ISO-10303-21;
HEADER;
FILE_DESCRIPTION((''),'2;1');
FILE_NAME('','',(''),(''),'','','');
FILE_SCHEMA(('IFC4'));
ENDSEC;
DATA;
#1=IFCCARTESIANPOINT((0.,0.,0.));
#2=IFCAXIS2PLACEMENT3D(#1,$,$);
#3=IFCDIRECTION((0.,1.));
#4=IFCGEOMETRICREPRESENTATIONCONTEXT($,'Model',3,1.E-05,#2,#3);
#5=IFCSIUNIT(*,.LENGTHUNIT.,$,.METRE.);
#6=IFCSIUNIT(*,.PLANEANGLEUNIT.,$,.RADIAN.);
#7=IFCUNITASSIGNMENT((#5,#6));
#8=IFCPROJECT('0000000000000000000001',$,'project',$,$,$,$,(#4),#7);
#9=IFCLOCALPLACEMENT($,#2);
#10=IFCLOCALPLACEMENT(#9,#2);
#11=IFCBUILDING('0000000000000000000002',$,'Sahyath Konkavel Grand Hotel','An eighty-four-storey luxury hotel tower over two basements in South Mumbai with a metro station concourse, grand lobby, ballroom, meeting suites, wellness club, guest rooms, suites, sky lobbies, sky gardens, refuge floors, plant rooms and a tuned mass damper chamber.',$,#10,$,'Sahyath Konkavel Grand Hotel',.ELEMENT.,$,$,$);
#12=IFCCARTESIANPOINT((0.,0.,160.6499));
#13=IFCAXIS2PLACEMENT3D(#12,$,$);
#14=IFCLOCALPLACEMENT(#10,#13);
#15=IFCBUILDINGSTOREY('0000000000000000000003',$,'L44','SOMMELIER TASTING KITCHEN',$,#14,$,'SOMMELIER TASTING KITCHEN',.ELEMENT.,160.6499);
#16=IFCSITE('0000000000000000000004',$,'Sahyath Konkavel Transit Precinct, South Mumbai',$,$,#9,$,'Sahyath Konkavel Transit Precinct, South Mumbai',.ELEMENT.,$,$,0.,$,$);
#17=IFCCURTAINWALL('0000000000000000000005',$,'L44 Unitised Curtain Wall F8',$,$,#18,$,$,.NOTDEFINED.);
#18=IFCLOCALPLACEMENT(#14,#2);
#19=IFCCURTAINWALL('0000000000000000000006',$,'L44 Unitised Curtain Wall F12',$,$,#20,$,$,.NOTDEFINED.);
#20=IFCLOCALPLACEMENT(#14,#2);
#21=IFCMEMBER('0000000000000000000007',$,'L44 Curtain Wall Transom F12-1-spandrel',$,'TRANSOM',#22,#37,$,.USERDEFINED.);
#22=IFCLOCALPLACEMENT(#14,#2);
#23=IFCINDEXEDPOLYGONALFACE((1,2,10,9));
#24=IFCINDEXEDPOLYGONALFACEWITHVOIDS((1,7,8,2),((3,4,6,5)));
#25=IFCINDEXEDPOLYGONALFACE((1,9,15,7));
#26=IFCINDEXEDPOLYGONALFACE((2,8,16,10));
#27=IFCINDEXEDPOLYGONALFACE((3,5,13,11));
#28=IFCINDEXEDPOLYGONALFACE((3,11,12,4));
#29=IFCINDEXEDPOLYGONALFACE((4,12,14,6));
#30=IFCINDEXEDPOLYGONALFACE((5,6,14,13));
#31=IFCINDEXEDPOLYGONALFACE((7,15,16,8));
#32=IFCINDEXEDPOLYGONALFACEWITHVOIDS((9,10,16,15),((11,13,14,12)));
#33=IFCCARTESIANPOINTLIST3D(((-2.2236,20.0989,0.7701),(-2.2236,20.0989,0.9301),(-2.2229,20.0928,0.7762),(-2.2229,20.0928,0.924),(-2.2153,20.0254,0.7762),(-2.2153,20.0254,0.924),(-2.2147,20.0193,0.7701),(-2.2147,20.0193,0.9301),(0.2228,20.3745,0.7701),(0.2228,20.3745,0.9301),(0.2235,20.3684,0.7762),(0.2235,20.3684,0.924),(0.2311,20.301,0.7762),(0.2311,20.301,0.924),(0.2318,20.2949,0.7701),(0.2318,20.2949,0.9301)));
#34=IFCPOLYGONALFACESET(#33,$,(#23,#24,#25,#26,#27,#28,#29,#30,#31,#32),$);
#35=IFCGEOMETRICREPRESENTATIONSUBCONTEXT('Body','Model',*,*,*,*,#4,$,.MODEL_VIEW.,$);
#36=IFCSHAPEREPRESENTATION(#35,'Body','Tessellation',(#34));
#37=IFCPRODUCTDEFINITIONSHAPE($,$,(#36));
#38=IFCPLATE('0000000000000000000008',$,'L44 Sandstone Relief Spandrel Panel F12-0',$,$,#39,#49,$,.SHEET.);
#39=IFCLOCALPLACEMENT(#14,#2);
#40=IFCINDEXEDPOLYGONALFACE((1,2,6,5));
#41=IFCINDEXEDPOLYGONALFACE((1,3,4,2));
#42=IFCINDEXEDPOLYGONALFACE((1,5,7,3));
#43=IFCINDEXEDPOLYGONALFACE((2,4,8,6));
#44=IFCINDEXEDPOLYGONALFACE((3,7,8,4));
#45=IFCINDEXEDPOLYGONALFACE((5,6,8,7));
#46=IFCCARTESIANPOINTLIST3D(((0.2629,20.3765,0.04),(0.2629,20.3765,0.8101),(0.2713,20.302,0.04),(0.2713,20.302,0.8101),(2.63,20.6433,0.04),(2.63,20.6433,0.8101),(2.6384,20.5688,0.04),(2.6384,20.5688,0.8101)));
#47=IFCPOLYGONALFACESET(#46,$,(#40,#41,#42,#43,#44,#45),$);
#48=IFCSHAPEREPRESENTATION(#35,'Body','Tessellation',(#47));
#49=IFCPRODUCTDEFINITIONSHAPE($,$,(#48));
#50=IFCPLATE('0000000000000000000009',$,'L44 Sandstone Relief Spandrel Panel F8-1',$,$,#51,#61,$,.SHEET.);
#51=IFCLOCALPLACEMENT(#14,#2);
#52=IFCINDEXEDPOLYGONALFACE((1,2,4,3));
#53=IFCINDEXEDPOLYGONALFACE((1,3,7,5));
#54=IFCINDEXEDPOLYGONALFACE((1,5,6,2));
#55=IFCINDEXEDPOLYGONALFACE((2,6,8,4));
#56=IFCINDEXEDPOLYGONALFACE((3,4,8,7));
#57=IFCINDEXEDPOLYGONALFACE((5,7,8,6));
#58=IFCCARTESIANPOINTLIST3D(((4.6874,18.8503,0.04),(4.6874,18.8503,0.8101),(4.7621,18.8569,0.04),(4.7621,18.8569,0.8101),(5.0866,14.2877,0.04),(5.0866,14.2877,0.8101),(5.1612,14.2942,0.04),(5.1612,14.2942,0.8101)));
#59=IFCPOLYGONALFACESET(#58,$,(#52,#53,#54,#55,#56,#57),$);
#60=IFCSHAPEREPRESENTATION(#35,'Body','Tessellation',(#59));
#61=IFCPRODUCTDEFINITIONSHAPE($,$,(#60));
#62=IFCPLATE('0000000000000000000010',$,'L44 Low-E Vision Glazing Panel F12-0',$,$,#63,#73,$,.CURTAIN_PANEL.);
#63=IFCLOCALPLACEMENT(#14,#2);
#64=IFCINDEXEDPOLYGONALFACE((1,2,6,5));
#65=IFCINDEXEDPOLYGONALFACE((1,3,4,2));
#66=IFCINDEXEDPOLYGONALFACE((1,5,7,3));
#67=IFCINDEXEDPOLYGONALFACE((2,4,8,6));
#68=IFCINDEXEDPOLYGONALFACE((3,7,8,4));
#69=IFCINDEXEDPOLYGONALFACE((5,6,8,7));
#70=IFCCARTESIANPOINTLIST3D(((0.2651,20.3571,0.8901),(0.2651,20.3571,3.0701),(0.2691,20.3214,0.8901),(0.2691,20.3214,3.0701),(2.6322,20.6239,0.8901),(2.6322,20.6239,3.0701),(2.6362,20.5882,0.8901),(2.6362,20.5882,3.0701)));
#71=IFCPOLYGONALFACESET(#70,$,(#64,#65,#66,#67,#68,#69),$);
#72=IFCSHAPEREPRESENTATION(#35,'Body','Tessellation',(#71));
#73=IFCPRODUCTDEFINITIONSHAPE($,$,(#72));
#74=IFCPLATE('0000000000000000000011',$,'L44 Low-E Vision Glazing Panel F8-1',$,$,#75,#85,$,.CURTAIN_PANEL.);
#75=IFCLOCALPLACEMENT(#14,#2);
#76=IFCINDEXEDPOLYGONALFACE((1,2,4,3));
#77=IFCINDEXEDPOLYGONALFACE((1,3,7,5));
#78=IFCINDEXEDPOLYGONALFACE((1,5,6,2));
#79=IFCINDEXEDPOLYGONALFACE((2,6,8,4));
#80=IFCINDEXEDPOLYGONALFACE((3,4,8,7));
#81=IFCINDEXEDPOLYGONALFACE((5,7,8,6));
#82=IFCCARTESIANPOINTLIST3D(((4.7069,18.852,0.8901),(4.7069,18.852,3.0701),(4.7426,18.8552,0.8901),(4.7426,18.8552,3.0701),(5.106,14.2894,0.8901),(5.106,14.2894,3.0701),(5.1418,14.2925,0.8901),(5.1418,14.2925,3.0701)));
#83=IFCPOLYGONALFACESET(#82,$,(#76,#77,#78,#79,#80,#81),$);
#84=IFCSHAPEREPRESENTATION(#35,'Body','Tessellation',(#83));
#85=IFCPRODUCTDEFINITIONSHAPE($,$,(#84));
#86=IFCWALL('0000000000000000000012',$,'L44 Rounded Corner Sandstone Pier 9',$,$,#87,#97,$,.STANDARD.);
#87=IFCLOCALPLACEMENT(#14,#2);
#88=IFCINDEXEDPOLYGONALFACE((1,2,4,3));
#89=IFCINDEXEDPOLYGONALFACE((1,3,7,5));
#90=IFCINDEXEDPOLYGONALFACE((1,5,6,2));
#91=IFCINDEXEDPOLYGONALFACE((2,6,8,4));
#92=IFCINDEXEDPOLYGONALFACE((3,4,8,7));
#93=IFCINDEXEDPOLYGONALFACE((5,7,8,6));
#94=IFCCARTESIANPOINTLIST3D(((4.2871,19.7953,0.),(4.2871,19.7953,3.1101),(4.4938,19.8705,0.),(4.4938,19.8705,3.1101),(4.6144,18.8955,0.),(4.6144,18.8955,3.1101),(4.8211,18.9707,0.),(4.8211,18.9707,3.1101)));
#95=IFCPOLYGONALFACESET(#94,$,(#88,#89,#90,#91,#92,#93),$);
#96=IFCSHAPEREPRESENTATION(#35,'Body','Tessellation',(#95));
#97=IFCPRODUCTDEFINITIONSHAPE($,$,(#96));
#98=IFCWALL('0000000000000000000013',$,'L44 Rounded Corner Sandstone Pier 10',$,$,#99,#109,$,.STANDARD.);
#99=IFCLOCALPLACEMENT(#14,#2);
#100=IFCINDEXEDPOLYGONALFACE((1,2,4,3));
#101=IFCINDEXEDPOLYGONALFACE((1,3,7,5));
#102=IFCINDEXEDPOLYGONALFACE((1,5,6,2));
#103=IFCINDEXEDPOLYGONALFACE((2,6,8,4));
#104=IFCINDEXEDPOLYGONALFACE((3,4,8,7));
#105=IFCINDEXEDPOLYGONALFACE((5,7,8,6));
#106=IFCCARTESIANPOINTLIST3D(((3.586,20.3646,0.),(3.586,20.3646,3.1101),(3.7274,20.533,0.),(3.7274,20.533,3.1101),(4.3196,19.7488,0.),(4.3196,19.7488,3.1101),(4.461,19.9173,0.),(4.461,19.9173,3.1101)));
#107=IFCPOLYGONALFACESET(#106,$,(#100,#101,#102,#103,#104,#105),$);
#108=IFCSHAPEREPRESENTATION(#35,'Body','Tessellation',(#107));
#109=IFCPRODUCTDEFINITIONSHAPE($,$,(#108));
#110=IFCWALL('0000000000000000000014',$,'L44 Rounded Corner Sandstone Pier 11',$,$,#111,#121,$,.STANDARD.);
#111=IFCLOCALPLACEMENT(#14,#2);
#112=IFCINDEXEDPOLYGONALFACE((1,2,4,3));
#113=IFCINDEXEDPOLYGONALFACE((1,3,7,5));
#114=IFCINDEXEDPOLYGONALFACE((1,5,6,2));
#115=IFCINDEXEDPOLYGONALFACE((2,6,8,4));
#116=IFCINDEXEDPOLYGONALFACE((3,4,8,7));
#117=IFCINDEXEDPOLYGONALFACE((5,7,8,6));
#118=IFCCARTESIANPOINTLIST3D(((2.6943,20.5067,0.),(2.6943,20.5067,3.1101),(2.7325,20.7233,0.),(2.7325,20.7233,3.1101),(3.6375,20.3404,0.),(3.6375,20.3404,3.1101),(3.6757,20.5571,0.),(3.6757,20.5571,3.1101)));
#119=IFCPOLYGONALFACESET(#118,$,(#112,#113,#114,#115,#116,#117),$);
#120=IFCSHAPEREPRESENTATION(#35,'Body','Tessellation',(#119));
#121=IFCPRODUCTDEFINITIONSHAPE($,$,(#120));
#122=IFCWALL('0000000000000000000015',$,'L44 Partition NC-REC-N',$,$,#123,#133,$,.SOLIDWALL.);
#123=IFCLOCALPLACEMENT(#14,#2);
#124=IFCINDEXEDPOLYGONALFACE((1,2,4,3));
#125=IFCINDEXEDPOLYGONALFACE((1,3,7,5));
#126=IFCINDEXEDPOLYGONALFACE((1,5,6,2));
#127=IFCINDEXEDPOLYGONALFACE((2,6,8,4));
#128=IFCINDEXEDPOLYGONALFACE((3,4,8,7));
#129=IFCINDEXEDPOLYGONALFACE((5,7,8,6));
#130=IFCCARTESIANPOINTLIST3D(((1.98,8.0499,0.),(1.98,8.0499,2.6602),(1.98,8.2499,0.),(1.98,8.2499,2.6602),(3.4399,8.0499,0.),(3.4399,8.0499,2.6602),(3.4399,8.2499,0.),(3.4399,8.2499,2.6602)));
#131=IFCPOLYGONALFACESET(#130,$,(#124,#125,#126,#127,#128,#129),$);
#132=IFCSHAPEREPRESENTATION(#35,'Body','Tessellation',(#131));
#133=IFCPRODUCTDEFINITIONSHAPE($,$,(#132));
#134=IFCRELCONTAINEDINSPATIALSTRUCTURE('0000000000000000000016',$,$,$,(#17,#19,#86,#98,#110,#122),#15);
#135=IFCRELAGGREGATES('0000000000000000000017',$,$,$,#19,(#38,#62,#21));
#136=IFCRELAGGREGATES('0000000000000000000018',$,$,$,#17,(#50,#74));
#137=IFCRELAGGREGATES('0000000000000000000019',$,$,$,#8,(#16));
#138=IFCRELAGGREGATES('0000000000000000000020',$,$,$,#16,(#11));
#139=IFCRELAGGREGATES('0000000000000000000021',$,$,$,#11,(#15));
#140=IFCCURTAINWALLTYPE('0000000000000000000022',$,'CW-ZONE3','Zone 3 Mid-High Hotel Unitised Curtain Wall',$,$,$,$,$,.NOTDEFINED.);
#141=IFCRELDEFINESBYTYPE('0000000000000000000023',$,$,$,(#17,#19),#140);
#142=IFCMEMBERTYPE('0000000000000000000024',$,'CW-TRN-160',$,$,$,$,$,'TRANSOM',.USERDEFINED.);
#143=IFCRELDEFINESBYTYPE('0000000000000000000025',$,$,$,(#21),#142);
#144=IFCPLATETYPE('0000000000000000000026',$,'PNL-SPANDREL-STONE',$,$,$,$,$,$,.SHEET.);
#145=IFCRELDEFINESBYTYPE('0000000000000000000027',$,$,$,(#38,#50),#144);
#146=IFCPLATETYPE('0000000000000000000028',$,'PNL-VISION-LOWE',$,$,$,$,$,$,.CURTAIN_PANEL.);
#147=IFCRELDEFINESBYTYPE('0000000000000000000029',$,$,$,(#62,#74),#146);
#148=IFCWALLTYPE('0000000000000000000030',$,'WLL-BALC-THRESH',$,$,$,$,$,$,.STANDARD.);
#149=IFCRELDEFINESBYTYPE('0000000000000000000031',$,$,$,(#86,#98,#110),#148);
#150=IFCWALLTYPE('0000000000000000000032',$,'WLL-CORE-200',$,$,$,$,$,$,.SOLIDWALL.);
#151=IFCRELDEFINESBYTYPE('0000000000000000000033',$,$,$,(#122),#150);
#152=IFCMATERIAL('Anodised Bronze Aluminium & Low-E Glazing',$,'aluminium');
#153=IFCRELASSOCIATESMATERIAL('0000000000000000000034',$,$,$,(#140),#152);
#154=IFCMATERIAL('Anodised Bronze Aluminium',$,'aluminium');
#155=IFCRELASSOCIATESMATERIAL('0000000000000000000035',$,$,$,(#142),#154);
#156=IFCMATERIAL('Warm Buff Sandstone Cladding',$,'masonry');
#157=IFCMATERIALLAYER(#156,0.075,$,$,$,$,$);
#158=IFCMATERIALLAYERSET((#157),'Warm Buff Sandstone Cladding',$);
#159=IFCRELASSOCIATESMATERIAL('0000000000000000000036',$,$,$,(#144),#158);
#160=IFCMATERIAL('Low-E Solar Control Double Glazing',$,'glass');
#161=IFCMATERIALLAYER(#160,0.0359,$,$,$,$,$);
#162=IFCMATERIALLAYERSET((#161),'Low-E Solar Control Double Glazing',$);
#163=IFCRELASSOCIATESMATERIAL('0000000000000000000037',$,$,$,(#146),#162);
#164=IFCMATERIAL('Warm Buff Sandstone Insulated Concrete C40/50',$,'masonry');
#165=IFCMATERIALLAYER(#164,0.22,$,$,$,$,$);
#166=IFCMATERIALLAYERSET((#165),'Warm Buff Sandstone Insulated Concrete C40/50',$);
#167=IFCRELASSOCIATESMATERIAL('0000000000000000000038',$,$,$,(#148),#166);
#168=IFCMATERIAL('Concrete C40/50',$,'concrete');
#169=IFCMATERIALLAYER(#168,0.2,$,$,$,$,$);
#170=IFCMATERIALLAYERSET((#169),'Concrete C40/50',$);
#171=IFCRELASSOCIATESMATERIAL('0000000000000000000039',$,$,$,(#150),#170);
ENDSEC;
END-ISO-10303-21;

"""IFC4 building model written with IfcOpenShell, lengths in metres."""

from ifc_helpers import new_model, si_unit, direction, frame, frame_2d, origin, origin_2d, place, context, subcontext, project, spatial, rectangle, hollow_rectangle, extrude, source, transform, mapped, material, layer, layer_set, material_profile, profile_set, type_object, element, aggregate, save


model = new_model("IFC4")

# Units and contexts
model_context = context("Model", 3, precision=1e-05, world=origin(), true_north=direction((0.0, 1.0)))
body_context = subcontext(model_context, "Body", "Model", "MODEL_VIEW")
ifc_project = project(units=[si_unit("LENGTHUNIT", "METRE"), si_unit("PLANEANGLEUNIT", "RADIAN")], contexts=[model_context])

# Site, building, storey
site_placement = place(None, origin())
site = spatial("IfcSite", under=ifc_project, at=site_placement, Name="Sahyath Konkavel Transit Precinct, South Mumbai", LongName="Sahyath Konkavel Transit Precinct, South Mumbai", CompositionType="ELEMENT", RefElevation=0.0)
building_placement = place(site_placement, origin())
building = spatial("IfcBuilding", under=site, at=building_placement, Name="Sahyath Konkavel Grand Hotel", Description="An eighty-four-storey luxury hotel tower over two basements in South Mumbai with a metro station concourse, grand lobby, ballroom, meeting suites, wellness club, guest rooms, suites, sky lobbies, sky gardens, refuge floors, plant rooms and a tuned mass damper chamber.", LongName="Sahyath Konkavel Grand Hotel", CompositionType="ELEMENT")
storey_placement = place(building_placement, frame((0.0, 0.0, 160.6499)))
storey = spatial("IfcBuildingStorey", under=building, at=storey_placement, Name="L44", Description="SOMMELIER TASTING KITCHEN", LongName="SOMMELIER TASTING KITCHEN", CompositionType="ELEMENT", Elevation=160.6499)

# Shared definitions
ifc_material_1 = material(Name="Concrete C40/50", Category="concrete")

# Curtain wall
ifc_material_2 = material(Name="Anodised Bronze Aluminium & Low-E Glazing", Category="aluminium")
curtain_wall_type = type_object("IfcCurtainWallType", Name="CW-ZONE3", Description="Zone 3 Mid-High Hotel Unitised Curtain Wall", PredefinedType="NOTDEFINED", material=ifc_material_2)
curtain_wall_1_placement = place(storey_placement, origin())
curtain_wall_1 = element("IfcCurtainWall", 1, at=curtain_wall_1_placement, inside=storey, type_object=curtain_wall_type, Name="L44 Unitised Curtain Wall F8", PredefinedType="NOTDEFINED")
ifc_material_3 = material(Name="Anodised Bronze Aluminium", Category="aluminium")

# Curtain wall, member, plate
curtain_wall_2_placement = place(storey_placement, origin())
curtain_wall_2 = element("IfcCurtainWall", 2, at=curtain_wall_2_placement, inside=storey, type_object=curtain_wall_type, Name="L44 Unitised Curtain Wall F12", PredefinedType="NOTDEFINED")
ifc_material_profile_1 = material_profile(ifc_material_3, hollow_rectangle(XDim=0.0801, YDim=0.1599, WallThickness=0.0061, at=origin_2d()), Name="RHS 160x80x6")
ifc_profile_set_1 = profile_set([ifc_material_profile_1], Name="Anodised Bronze Aluminium")
member_type_1 = type_object("IfcMemberType", Name="CW-TRN-160", ElementType="TRANSOM", PredefinedType="USERDEFINED", material=ifc_profile_set_1)
shared_shape_1 = source(origin(), body_context, "Body", "SweptSolid", [
    extrude(hollow_rectangle(XDim=0.0801, YDim=0.1599, WallThickness=0.0061, at=origin_2d()), origin(), (0.0, 0.0, 1.0), 2.4619),
])
member_1_placement = place(storey_placement, frame((0.2273, 20.3347, 0.8501), z_axis=(-0.993713, -0.111955, 0.0), x_axis=(0.111955, -0.993713, 0.0)))
member_1 = element("IfcMember", 3, at=member_1_placement, type_object=member_type_1, Name="L44 Curtain Wall Transom F12-1-spandrel", ObjectType="TRANSOM", PredefinedType="USERDEFINED", context=body_context, shape_type="MappedRepresentation", body=[
    mapped(shared_shape_1, transform((0.0, 0.0, 0.0), scale=1.0)),
])
ifc_material_4 = material(Name="Warm Buff Sandstone Cladding", Category="masonry")
ifc_layer_1 = layer(ifc_material_4, 0.075)
ifc_layer_set_1 = layer_set([ifc_layer_1], Name="Warm Buff Sandstone Cladding")
plate_type_1 = type_object("IfcPlateType", Name="PNL-SPANDREL-STONE", PredefinedType="SHEET", material=ifc_layer_set_1)
shared_shape_2 = source(origin(), body_context, "Body", "SweptSolid", [
    extrude(rectangle(XDim=2.3821, YDim=0.075, at=origin_2d()), origin(), (0.0, 0.0, 1.0), 0.77),
])
plate_1_placement = place(storey_placement, frame((1.4507, 20.4727, 0.04), z_axis=(0.0, 0.0, 1.0), x_axis=(-0.993707, -0.112007, 0.0)))
plate_1 = element("IfcPlate", 4, at=plate_1_placement, type_object=plate_type_1, Name="L44 Sandstone Relief Spandrel Panel F12-0", PredefinedType="SHEET", context=body_context, shape_type="MappedRepresentation", body=[
    mapped(shared_shape_2, transform((0.0, 0.0, 0.0), scale=1.0)),
])

# Plates
shared_shape_3 = source(origin(), body_context, "Body", "SweptSolid", [
    extrude(rectangle(XDim=4.5801, YDim=0.075, at=origin_2d()), origin(), (0.0, 0.0, 1.0), 0.77),
])
plate_2_placement = place(storey_placement, frame((4.9243, 16.5723, 0.04), z_axis=(0.0, 0.0, 1.0), x_axis=(-0.087156, 0.996195, 0.0)))
plate_2 = element("IfcPlate", 5, at=plate_2_placement, type_object=plate_type_1, Name="L44 Sandstone Relief Spandrel Panel F8-1", PredefinedType="SHEET", context=body_context, shape_type="MappedRepresentation", body=[
    mapped(shared_shape_3, transform((0.0, 0.0, 0.0), scale=1.0)),
])
ifc_material_5 = material(Name="Low-E Solar Control Double Glazing", Category="glass")
ifc_layer_2 = layer(ifc_material_5, 0.0359)
ifc_layer_set_2 = layer_set([ifc_layer_2], Name="Low-E Solar Control Double Glazing")
plate_type_2 = type_object("IfcPlateType", Name="PNL-VISION-LOWE", PredefinedType="CURTAIN_PANEL", material=ifc_layer_set_2)
shared_shape_4 = source(origin(), body_context, "Body", "SweptSolid", [
    extrude(rectangle(XDim=2.3821, YDim=0.0359, at=origin_2d()), origin(), (0.0, 0.0, 1.0), 2.1799),
])
plate_3_placement = place(storey_placement, frame((1.4507, 20.4727, 0.8901), z_axis=(0.0, 0.0, 1.0), x_axis=(-0.993707, -0.112007, 0.0)))
plate_3 = element("IfcPlate", 6, at=plate_3_placement, type_object=plate_type_2, Name="L44 Low-E Vision Glazing Panel F12-0", PredefinedType="CURTAIN_PANEL", context=body_context, shape_type="MappedRepresentation", body=[
    mapped(shared_shape_4, transform((0.0, 0.0, 0.0), scale=1.0)),
])
aggregate(curtain_wall_2, [plate_1, plate_3, member_1])
shared_shape_5 = source(origin(), body_context, "Body", "SweptSolid", [
    extrude(rectangle(XDim=4.5801, YDim=0.0359, at=origin_2d()), origin(), (0.0, 0.0, 1.0), 2.1799),
])
plate_4_placement = place(storey_placement, frame((4.9243, 16.5723, 0.8901), z_axis=(0.0, 0.0, 1.0), x_axis=(-0.087156, 0.996195, 0.0)))
plate_4 = element("IfcPlate", 7, at=plate_4_placement, type_object=plate_type_2, Name="L44 Low-E Vision Glazing Panel F8-1", PredefinedType="CURTAIN_PANEL", context=body_context, shape_type="MappedRepresentation", body=[
    mapped(shared_shape_5, transform((0.0, 0.0, 0.0), scale=1.0)),
])
aggregate(curtain_wall_1, [plate_2, plate_4])

# Walls
ifc_material_6 = material(Name="Warm Buff Sandstone Insulated Concrete C40/50", Category="masonry")
ifc_layer_3 = layer(ifc_material_6, 0.22)
ifc_layer_set_3 = layer_set([ifc_layer_3], Name="Warm Buff Sandstone Insulated Concrete C40/50")
wall_type_1 = type_object("IfcWallType", Name="WLL-BALC-THRESH", PredefinedType="STANDARD", material=ifc_layer_set_3)
wall_1_placement = place(storey_placement, frame((4.7178, 18.9331, 0.0), z_axis=(0.0, 0.0, 1.0), x_axis=(-0.341886, 0.939741, 0.0)))
element("IfcWall", 8, at=wall_1_placement, inside=storey, type_object=wall_type_1, Name="L44 Rounded Corner Sandstone Pier 9", PredefinedType="STANDARD", context=body_context, shape_type="SweptSolid", body=[
    extrude(rectangle(XDim=0.9575, YDim=0.22, at=frame_2d((0.4788, 0.0))), origin(), (0.0, 0.0, 1.0), 3.1101),
])
for number, where, z_axis, x_axis, name in (
    (9, (4.3904, 19.833, 0.0), (0.0, 0.0, 1.0), (-0.765981, 0.642863, 0.0), "L44 Rounded Corner Sandstone Pier 10"),
    (10, (3.6567, 20.4487, 0.0), (0.0, 0.0, 1.0), (-0.984814, 0.173611, 0.0), "L44 Rounded Corner Sandstone Pier 11"),
):
    element("IfcWall", number, at=place(storey_placement, frame(where, z_axis=z_axis, x_axis=x_axis)), inside=storey, type_object=wall_type_1, Name=name, PredefinedType="STANDARD", context=body_context, shape_type="SweptSolid", body=[
        extrude(rectangle(XDim=0.9578, YDim=0.22, at=frame_2d((0.479, 0.0))), origin(), (0.0, 0.0, 1.0), 3.1101),
    ])
ifc_layer_4 = layer(ifc_material_1, 0.2)
ifc_layer_set_4 = layer_set([ifc_layer_4], Name="Concrete C40/50")
wall_type_2 = type_object("IfcWallType", Name="WLL-CORE-200", PredefinedType="SOLIDWALL", material=ifc_layer_set_4)
wall_2_placement = place(storey_placement, frame((1.98, 8.1499, 0.0), z_axis=(0.0, 0.0, 1.0), x_axis=(1.0, 0.0, 0.0)))
element("IfcWall", 11, at=wall_2_placement, inside=storey, type_object=wall_type_2, Name="L44 Partition NC-REC-N", PredefinedType="SOLIDWALL", context=body_context, shape_type="SweptSolid", body=[
    extrude(rectangle(XDim=1.46, YDim=0.2, at=frame_2d((0.73, 0.0))), origin(), (0.0, 0.0, 1.0), 2.6602),
])

save(model, "model.ifc")
